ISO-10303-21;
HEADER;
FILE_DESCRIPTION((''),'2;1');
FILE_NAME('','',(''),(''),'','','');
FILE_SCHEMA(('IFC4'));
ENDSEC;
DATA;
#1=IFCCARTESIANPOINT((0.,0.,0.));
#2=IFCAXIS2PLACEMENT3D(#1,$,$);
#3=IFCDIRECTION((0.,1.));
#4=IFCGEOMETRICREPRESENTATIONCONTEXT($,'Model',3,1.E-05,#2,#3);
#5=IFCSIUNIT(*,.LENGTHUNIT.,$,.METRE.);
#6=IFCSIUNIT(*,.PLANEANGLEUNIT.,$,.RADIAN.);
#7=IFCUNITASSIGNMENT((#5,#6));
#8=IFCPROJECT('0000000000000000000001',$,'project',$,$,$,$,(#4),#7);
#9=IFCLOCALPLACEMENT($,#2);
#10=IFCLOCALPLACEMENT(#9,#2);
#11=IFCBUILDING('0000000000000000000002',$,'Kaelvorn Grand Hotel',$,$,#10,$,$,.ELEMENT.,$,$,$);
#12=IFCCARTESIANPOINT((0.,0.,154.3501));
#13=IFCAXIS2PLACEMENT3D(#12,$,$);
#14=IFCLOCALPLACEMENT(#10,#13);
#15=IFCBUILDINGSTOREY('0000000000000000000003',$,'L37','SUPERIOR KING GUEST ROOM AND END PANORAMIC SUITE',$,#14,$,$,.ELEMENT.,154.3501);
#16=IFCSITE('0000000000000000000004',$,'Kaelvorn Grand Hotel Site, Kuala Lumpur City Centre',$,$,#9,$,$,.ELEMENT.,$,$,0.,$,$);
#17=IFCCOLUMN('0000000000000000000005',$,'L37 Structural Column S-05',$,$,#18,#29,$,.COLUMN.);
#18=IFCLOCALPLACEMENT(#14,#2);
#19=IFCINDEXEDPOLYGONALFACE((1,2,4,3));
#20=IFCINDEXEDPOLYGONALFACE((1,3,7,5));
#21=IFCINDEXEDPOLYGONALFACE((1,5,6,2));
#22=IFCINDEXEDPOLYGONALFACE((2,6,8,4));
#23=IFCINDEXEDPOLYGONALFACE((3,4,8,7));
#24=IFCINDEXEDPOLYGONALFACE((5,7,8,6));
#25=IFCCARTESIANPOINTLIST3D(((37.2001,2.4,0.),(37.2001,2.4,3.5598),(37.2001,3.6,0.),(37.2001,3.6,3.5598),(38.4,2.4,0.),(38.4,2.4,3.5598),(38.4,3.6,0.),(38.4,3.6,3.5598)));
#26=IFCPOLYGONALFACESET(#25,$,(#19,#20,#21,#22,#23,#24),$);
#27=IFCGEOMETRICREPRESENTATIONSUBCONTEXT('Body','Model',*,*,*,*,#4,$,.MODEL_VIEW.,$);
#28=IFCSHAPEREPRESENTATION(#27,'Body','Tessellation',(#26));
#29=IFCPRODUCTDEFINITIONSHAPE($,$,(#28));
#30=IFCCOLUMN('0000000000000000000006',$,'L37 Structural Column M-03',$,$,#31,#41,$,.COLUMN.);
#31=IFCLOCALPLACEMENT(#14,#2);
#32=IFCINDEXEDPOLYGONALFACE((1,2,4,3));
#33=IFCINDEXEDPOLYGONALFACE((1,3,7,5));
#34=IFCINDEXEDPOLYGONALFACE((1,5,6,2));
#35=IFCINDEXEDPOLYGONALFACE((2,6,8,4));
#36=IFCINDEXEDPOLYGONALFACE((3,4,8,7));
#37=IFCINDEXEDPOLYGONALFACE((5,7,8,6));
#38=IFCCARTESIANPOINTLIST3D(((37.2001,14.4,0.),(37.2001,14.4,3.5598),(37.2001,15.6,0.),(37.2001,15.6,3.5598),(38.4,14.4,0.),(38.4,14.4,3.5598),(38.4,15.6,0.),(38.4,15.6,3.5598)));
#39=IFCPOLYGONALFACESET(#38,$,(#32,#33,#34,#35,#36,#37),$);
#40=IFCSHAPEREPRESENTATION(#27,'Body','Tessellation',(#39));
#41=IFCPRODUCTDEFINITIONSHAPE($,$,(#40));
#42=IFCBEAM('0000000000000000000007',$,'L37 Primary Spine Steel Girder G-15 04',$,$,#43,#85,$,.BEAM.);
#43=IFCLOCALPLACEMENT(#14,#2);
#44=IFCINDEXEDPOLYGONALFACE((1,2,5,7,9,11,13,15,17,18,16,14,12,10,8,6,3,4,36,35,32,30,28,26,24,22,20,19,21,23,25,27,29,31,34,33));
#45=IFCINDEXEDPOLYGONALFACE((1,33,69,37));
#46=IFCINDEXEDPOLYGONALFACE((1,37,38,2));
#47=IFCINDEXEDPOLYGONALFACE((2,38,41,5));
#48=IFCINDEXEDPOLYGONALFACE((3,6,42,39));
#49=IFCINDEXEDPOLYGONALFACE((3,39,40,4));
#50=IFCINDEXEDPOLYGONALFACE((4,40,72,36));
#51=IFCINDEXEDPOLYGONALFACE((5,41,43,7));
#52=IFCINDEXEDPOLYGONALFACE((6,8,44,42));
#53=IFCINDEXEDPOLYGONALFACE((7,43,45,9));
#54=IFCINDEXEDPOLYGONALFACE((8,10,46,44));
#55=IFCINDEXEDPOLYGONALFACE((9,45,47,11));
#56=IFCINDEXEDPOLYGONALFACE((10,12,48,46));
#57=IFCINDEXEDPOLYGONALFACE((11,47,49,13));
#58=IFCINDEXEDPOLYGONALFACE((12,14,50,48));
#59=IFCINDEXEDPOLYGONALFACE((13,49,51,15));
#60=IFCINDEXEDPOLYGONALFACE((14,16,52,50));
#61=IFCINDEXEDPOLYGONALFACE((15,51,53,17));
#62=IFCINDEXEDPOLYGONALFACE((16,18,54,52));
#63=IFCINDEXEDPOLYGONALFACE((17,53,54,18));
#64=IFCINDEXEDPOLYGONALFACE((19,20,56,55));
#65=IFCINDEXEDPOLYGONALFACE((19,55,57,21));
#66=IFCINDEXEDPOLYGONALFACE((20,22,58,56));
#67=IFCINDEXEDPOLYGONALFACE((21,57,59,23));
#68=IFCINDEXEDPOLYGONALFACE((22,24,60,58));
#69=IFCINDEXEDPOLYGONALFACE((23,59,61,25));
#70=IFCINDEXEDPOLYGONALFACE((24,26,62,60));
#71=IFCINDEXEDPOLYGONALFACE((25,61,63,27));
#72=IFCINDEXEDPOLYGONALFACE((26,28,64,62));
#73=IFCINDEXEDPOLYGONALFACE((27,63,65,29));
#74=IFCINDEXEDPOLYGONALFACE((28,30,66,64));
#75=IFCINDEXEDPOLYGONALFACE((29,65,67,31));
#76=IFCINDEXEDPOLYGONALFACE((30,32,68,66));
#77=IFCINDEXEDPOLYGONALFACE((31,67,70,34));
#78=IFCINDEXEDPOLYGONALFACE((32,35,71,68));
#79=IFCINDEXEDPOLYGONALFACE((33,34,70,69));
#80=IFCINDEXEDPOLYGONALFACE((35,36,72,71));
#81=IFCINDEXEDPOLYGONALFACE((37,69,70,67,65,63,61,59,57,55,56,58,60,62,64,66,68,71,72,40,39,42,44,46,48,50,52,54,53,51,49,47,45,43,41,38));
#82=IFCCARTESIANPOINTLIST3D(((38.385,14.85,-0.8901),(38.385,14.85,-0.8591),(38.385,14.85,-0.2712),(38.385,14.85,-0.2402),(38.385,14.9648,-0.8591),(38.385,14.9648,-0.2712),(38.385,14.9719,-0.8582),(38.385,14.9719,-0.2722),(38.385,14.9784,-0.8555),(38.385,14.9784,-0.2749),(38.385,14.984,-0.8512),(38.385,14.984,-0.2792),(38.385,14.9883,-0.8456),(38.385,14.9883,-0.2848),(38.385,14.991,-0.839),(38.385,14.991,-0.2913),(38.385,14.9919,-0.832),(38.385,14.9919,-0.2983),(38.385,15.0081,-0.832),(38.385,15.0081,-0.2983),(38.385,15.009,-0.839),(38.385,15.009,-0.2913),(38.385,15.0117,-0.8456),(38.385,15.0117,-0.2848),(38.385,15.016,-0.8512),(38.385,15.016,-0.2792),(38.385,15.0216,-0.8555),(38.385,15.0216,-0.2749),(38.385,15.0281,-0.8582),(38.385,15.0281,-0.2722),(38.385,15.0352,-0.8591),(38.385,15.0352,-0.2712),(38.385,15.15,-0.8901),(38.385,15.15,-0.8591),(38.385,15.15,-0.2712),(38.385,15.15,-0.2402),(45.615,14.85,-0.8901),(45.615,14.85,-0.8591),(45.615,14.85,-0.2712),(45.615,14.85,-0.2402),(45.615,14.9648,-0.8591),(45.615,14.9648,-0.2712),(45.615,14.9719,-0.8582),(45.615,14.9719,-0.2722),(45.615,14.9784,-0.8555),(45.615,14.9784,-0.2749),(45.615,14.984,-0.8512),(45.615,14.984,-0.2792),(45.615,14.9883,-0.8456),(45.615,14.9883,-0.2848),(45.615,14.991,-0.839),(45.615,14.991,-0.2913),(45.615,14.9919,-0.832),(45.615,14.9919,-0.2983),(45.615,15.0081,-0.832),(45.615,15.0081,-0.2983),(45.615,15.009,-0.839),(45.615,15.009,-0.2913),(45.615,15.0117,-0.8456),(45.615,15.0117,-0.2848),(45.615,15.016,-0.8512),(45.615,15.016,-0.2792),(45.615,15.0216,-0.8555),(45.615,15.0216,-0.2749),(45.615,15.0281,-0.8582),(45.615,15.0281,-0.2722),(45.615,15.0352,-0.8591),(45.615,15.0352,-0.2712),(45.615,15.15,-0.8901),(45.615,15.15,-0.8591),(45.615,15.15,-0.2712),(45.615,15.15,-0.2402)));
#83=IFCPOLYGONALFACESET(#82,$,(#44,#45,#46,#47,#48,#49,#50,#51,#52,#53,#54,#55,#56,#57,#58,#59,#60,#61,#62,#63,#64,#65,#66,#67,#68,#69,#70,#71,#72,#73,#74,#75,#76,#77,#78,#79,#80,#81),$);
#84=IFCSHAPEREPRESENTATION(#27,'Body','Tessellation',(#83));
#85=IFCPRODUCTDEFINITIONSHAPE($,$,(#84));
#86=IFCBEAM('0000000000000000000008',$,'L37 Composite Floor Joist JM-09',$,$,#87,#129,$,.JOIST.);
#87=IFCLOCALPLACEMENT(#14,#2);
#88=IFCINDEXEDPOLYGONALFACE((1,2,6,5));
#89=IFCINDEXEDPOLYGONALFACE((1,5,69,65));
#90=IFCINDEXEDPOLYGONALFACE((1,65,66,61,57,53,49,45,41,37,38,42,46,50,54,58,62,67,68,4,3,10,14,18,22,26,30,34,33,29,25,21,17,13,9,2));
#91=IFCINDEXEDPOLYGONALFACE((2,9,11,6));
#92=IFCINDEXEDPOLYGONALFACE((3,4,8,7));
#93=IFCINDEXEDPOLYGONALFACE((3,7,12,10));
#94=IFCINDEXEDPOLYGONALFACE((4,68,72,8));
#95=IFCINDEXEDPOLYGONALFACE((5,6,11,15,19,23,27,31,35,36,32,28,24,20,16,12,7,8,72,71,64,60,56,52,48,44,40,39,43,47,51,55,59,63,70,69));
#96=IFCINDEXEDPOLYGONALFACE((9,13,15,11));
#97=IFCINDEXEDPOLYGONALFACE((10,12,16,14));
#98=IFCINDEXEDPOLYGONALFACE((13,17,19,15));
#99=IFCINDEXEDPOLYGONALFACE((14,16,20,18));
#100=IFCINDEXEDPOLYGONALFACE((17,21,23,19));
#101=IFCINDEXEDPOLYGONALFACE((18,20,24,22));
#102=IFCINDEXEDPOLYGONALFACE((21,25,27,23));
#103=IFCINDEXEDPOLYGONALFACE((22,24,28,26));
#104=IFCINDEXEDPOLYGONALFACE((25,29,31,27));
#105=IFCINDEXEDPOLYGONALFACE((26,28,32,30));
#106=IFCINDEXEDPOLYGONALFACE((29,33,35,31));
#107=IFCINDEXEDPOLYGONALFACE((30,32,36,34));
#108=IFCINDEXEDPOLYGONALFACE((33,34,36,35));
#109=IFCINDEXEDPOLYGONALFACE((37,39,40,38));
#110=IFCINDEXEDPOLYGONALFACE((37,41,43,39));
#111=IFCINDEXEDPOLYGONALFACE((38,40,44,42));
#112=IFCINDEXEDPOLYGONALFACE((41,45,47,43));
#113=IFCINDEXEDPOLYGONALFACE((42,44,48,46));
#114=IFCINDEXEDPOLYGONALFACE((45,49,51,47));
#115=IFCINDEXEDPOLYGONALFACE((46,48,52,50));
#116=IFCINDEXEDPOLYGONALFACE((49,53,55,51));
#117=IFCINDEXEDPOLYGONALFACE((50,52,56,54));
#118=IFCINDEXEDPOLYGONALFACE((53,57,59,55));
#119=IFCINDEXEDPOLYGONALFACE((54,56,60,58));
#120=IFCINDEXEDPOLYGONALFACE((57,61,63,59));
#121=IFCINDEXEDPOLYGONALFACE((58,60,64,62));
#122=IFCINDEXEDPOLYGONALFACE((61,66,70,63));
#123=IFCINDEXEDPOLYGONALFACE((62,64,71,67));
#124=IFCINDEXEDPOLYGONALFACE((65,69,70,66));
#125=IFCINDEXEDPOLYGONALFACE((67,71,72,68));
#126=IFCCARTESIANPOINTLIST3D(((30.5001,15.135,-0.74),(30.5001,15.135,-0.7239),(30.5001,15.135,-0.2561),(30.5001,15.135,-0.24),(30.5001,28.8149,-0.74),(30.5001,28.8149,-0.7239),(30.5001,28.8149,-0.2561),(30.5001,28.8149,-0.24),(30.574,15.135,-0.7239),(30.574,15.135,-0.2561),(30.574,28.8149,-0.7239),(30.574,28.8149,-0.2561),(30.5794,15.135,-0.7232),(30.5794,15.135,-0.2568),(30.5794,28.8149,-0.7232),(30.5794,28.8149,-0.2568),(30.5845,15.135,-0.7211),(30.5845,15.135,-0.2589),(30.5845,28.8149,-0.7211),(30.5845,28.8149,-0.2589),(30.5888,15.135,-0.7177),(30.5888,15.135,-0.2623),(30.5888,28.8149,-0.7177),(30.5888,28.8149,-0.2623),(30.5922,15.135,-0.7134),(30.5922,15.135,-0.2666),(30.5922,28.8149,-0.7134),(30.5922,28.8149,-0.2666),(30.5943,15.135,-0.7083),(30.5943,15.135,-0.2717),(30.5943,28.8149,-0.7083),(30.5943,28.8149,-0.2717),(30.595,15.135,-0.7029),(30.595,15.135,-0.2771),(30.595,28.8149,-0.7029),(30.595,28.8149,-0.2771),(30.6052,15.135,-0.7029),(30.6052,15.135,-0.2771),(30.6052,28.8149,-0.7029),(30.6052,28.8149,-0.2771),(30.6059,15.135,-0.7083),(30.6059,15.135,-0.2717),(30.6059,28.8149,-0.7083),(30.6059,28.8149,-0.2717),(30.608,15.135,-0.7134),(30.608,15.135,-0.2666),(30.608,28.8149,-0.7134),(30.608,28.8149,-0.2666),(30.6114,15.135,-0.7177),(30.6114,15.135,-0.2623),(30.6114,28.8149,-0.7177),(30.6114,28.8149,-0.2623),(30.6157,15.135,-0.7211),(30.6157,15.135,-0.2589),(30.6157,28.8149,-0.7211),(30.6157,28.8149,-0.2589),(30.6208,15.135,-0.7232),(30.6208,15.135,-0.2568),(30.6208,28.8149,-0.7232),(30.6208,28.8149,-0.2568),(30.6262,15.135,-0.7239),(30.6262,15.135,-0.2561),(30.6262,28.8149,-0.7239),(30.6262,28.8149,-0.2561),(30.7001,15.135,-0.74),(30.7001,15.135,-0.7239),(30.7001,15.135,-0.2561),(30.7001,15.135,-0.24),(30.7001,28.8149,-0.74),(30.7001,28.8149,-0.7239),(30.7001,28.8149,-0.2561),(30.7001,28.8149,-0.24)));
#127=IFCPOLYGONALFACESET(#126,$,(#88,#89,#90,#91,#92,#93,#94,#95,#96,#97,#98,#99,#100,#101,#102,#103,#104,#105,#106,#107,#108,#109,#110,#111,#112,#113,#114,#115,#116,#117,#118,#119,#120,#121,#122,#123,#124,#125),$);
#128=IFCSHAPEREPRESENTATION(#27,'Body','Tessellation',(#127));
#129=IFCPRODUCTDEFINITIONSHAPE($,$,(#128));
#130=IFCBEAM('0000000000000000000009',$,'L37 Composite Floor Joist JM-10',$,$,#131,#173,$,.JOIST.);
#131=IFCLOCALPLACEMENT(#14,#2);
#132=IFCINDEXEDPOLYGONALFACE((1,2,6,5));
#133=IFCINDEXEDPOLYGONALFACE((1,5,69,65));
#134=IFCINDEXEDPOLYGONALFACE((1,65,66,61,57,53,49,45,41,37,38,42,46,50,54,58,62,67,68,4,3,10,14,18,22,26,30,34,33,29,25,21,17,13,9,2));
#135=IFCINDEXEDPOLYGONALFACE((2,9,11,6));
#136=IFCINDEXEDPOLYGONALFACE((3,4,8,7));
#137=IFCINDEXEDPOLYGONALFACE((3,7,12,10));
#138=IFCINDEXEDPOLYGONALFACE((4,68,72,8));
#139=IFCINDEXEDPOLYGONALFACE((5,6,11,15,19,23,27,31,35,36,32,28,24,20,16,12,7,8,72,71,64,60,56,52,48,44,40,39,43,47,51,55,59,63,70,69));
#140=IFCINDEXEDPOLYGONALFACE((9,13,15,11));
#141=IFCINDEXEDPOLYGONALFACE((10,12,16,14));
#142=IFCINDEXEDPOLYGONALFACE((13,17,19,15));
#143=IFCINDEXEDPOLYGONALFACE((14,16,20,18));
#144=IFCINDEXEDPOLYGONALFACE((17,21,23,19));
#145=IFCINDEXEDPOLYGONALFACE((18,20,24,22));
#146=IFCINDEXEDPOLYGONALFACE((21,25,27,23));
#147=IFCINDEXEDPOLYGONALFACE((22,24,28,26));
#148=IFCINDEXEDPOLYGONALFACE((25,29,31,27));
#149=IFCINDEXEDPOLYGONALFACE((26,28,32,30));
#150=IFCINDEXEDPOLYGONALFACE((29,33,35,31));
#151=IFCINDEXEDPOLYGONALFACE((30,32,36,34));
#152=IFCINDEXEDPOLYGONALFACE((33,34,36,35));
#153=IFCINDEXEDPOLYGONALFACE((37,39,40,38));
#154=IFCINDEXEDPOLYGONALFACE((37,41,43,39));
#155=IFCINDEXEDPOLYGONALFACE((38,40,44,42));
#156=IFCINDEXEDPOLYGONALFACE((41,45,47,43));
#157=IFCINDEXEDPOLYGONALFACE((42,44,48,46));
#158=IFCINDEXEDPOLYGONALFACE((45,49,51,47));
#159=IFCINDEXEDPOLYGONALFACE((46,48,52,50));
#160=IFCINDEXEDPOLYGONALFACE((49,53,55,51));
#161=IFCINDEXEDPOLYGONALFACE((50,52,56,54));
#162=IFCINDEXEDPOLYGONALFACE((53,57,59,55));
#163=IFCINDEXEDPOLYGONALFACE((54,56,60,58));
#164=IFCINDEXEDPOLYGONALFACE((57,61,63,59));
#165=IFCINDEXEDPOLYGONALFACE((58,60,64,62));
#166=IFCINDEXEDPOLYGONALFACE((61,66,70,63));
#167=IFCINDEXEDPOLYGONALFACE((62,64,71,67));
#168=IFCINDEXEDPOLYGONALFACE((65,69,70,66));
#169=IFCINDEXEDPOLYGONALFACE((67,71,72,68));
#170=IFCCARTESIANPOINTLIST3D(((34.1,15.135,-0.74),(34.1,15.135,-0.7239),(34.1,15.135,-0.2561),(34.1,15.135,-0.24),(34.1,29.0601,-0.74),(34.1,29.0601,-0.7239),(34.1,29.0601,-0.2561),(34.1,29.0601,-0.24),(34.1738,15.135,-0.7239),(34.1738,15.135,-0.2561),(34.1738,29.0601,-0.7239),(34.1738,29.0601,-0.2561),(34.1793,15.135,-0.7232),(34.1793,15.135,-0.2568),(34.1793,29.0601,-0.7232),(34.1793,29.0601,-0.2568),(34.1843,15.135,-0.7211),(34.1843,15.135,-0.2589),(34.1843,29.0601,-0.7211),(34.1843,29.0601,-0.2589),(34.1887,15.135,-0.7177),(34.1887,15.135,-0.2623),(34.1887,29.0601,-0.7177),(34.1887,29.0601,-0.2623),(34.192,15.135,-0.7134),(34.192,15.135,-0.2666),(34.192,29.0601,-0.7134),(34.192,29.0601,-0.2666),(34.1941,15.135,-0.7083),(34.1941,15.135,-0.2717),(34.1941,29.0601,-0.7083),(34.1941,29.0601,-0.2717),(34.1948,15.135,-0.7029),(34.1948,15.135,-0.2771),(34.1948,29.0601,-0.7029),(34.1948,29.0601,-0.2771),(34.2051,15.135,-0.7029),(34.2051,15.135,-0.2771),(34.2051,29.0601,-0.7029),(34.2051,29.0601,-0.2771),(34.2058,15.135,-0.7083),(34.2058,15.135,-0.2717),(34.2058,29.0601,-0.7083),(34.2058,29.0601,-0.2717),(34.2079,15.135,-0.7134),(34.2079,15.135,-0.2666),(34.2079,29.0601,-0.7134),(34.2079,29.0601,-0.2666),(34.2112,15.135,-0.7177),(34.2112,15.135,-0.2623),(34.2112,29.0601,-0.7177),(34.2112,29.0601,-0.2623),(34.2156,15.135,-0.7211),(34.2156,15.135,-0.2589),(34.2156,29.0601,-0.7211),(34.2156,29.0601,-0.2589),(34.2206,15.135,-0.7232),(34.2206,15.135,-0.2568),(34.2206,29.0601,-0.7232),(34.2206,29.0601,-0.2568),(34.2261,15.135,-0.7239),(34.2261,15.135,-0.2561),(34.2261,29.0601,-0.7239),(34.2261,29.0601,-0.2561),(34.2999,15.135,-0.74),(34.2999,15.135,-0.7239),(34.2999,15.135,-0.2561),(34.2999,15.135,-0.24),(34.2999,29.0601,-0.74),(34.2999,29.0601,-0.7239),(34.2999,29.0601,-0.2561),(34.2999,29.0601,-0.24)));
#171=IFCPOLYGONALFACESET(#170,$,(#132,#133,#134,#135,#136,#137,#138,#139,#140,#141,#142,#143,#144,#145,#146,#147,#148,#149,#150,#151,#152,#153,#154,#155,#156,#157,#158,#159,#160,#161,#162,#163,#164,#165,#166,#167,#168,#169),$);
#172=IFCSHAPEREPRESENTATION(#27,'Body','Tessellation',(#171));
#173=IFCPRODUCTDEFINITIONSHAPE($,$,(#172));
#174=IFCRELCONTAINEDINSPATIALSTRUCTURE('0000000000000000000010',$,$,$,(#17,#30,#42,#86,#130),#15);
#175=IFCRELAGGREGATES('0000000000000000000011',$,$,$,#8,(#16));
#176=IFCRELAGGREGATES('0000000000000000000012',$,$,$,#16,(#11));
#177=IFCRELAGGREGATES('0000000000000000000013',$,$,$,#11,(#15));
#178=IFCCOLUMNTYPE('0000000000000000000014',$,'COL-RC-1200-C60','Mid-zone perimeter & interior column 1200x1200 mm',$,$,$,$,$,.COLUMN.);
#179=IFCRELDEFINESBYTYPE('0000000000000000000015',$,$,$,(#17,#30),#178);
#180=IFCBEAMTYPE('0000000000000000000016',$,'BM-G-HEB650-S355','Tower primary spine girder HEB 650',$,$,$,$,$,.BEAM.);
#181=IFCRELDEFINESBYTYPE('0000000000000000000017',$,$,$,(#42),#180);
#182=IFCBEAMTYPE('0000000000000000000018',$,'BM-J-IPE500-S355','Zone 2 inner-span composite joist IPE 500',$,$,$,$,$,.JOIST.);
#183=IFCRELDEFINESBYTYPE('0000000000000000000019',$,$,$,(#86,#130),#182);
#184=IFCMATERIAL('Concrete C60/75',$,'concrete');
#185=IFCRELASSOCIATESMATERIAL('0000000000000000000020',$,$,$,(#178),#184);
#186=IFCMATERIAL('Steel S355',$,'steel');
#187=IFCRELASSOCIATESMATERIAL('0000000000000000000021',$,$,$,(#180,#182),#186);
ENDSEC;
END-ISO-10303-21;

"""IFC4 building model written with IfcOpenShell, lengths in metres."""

from ifc_helpers import new_model, si_unit, direction, frame, origin, origin_2d, place, context, subcontext, project, spatial, rectangle, i_section, extrude, material, material_profile, profile_set, type_object, element, save


model = new_model("IFC4")

# Units and contexts
model_context = context("Model", 3, precision=1e-05, world=origin(), true_north=direction((0.0, 1.0)))
body_context = subcontext(model_context, "Body", "Model", "MODEL_VIEW")
ifc_project = project(units=[si_unit("LENGTHUNIT", "METRE"), si_unit("PLANEANGLEUNIT", "RADIAN")], contexts=[model_context])

# Site, building, storey
site_placement = place(None, origin())
site = spatial("IfcSite", under=ifc_project, at=site_placement, Name="Kaelvorn Grand Hotel Site, Kuala Lumpur City Centre", CompositionType="ELEMENT", RefElevation=0.0)
building_placement = place(site_placement, origin())
building = spatial("IfcBuilding", under=site, at=building_placement, Name="Kaelvorn Grand Hotel", CompositionType="ELEMENT")
storey_placement = place(building_placement, frame((0.0, 0.0, 154.3501)))
storey = spatial("IfcBuildingStorey", under=building, at=storey_placement, Name="L37", Description="SUPERIOR KING GUEST ROOM AND END PANORAMIC SUITE", CompositionType="ELEMENT", Elevation=154.3501)

# Columns
ifc_material_1 = material(Name="Concrete C60/75", Category="concrete")
ifc_material_profile_1 = material_profile(ifc_material_1, rectangle(XDim=1.2, YDim=1.2, at=origin_2d()), Name="RC COL 1200x1200")
ifc_profile_set_1 = profile_set([ifc_material_profile_1], Name="Concrete C60/75")
column_type = type_object("IfcColumnType", Name="COL-RC-1200-C60", Description="Mid-zone perimeter & interior column 1200x1200 mm", PredefinedType="COLUMN", material=ifc_profile_set_1)
for number, where, z_axis, x_axis, name in (
    (1, (37.8, 3.0, 0.0), (0.0, 0.0, 1.0), (1.0, 0.0, 0.0), "L37 Structural Column S-05"),
    (2, (37.8, 15.0, 0.0), (0.0, 0.0, 1.0), (1.0, 0.0, 0.0), "L37 Structural Column M-03"),
):
    element("IfcColumn", number, at=place(storey_placement, frame(where, z_axis=z_axis, x_axis=x_axis)), inside=storey, type_object=column_type, Name=name, PredefinedType="COLUMN", context=body_context, shape_type="SweptSolid", body=[
        extrude(rectangle(XDim=1.2, YDim=1.2, at=origin_2d()), origin(), (0.0, 0.0, 1.0), 3.5598),
    ])

# Beams
ifc_material_2 = material(Name="Steel S355", Category="steel")
ifc_material_profile_2 = material_profile(ifc_material_2, i_section(OverallWidth=0.3, OverallDepth=0.6499, WebThickness=0.0161, FlangeThickness=0.031, FilletRadius=0.0271, at=origin_2d()), Name="HEB 650")
ifc_profile_set_2 = profile_set([ifc_material_profile_2], Name="Steel S355")
beam_type_1 = type_object("IfcBeamType", Name="BM-G-HEB650-S355", Description="Tower primary spine girder HEB 650", PredefinedType="BEAM", material=ifc_profile_set_2)
beam_1_placement = place(storey_placement, frame((38.385, 15.0, -0.5652), z_axis=(1.0, 0.0, 0.0), x_axis=(0.0, 1.0, 0.0)))
element("IfcBeam", 3, at=beam_1_placement, inside=storey, type_object=beam_type_1, Name="L37 Primary Spine Steel Girder G-15 04", PredefinedType="BEAM", context=body_context, shape_type="SweptSolid", body=[
    extrude(i_section(OverallWidth=0.3, OverallDepth=0.6499, WebThickness=0.0161, FlangeThickness=0.031, FilletRadius=0.0271, at=origin_2d()), origin(), (0.0, 0.0, 1.0), 7.23),
])
ifc_material_profile_3 = material_profile(ifc_material_2, i_section(OverallWidth=0.2, OverallDepth=0.5, WebThickness=0.0103, FlangeThickness=0.0161, FilletRadius=0.021, at=origin_2d()), Name="IPE 500")
ifc_profile_set_3 = profile_set([ifc_material_profile_3], Name="Steel S355")
beam_type_2 = type_object("IfcBeamType", Name="BM-J-IPE500-S355", Description="Zone 2 inner-span composite joist IPE 500", PredefinedType="JOIST", material=ifc_profile_set_3)
beam_2_placement = place(storey_placement, frame((30.6001, 15.135, -0.49), z_axis=(0.0, 1.0, 0.0), x_axis=(-1.0, 0.0, 0.0)))
element("IfcBeam", 4, at=beam_2_placement, inside=storey, type_object=beam_type_2, Name="L37 Composite Floor Joist JM-09", PredefinedType="JOIST", context=body_context, shape_type="SweptSolid", body=[
    extrude(i_section(OverallWidth=0.2, OverallDepth=0.5, WebThickness=0.0103, FlangeThickness=0.0161, FilletRadius=0.021, at=origin_2d()), origin(), (0.0, 0.0, 1.0), 13.6799),
])
for number, where, z_axis, x_axis, name in (
    (5, (34.2, 15.135, -0.49), (0.0, 1.0, 0.0), (-1.0, 0.0, 0.0), "L37 Composite Floor Joist JM-10"),
):
    element("IfcBeam", number, at=place(storey_placement, frame(where, z_axis=z_axis, x_axis=x_axis)), inside=storey, type_object=beam_type_2, Name=name, PredefinedType="JOIST", context=body_context, shape_type="SweptSolid", body=[
        extrude(i_section(OverallWidth=0.2, OverallDepth=0.5, WebThickness=0.0103, FlangeThickness=0.0161, FilletRadius=0.021, at=origin_2d()), origin(), (0.0, 0.0, 1.0), 13.925),
    ])

save(model, "model.ifc")
